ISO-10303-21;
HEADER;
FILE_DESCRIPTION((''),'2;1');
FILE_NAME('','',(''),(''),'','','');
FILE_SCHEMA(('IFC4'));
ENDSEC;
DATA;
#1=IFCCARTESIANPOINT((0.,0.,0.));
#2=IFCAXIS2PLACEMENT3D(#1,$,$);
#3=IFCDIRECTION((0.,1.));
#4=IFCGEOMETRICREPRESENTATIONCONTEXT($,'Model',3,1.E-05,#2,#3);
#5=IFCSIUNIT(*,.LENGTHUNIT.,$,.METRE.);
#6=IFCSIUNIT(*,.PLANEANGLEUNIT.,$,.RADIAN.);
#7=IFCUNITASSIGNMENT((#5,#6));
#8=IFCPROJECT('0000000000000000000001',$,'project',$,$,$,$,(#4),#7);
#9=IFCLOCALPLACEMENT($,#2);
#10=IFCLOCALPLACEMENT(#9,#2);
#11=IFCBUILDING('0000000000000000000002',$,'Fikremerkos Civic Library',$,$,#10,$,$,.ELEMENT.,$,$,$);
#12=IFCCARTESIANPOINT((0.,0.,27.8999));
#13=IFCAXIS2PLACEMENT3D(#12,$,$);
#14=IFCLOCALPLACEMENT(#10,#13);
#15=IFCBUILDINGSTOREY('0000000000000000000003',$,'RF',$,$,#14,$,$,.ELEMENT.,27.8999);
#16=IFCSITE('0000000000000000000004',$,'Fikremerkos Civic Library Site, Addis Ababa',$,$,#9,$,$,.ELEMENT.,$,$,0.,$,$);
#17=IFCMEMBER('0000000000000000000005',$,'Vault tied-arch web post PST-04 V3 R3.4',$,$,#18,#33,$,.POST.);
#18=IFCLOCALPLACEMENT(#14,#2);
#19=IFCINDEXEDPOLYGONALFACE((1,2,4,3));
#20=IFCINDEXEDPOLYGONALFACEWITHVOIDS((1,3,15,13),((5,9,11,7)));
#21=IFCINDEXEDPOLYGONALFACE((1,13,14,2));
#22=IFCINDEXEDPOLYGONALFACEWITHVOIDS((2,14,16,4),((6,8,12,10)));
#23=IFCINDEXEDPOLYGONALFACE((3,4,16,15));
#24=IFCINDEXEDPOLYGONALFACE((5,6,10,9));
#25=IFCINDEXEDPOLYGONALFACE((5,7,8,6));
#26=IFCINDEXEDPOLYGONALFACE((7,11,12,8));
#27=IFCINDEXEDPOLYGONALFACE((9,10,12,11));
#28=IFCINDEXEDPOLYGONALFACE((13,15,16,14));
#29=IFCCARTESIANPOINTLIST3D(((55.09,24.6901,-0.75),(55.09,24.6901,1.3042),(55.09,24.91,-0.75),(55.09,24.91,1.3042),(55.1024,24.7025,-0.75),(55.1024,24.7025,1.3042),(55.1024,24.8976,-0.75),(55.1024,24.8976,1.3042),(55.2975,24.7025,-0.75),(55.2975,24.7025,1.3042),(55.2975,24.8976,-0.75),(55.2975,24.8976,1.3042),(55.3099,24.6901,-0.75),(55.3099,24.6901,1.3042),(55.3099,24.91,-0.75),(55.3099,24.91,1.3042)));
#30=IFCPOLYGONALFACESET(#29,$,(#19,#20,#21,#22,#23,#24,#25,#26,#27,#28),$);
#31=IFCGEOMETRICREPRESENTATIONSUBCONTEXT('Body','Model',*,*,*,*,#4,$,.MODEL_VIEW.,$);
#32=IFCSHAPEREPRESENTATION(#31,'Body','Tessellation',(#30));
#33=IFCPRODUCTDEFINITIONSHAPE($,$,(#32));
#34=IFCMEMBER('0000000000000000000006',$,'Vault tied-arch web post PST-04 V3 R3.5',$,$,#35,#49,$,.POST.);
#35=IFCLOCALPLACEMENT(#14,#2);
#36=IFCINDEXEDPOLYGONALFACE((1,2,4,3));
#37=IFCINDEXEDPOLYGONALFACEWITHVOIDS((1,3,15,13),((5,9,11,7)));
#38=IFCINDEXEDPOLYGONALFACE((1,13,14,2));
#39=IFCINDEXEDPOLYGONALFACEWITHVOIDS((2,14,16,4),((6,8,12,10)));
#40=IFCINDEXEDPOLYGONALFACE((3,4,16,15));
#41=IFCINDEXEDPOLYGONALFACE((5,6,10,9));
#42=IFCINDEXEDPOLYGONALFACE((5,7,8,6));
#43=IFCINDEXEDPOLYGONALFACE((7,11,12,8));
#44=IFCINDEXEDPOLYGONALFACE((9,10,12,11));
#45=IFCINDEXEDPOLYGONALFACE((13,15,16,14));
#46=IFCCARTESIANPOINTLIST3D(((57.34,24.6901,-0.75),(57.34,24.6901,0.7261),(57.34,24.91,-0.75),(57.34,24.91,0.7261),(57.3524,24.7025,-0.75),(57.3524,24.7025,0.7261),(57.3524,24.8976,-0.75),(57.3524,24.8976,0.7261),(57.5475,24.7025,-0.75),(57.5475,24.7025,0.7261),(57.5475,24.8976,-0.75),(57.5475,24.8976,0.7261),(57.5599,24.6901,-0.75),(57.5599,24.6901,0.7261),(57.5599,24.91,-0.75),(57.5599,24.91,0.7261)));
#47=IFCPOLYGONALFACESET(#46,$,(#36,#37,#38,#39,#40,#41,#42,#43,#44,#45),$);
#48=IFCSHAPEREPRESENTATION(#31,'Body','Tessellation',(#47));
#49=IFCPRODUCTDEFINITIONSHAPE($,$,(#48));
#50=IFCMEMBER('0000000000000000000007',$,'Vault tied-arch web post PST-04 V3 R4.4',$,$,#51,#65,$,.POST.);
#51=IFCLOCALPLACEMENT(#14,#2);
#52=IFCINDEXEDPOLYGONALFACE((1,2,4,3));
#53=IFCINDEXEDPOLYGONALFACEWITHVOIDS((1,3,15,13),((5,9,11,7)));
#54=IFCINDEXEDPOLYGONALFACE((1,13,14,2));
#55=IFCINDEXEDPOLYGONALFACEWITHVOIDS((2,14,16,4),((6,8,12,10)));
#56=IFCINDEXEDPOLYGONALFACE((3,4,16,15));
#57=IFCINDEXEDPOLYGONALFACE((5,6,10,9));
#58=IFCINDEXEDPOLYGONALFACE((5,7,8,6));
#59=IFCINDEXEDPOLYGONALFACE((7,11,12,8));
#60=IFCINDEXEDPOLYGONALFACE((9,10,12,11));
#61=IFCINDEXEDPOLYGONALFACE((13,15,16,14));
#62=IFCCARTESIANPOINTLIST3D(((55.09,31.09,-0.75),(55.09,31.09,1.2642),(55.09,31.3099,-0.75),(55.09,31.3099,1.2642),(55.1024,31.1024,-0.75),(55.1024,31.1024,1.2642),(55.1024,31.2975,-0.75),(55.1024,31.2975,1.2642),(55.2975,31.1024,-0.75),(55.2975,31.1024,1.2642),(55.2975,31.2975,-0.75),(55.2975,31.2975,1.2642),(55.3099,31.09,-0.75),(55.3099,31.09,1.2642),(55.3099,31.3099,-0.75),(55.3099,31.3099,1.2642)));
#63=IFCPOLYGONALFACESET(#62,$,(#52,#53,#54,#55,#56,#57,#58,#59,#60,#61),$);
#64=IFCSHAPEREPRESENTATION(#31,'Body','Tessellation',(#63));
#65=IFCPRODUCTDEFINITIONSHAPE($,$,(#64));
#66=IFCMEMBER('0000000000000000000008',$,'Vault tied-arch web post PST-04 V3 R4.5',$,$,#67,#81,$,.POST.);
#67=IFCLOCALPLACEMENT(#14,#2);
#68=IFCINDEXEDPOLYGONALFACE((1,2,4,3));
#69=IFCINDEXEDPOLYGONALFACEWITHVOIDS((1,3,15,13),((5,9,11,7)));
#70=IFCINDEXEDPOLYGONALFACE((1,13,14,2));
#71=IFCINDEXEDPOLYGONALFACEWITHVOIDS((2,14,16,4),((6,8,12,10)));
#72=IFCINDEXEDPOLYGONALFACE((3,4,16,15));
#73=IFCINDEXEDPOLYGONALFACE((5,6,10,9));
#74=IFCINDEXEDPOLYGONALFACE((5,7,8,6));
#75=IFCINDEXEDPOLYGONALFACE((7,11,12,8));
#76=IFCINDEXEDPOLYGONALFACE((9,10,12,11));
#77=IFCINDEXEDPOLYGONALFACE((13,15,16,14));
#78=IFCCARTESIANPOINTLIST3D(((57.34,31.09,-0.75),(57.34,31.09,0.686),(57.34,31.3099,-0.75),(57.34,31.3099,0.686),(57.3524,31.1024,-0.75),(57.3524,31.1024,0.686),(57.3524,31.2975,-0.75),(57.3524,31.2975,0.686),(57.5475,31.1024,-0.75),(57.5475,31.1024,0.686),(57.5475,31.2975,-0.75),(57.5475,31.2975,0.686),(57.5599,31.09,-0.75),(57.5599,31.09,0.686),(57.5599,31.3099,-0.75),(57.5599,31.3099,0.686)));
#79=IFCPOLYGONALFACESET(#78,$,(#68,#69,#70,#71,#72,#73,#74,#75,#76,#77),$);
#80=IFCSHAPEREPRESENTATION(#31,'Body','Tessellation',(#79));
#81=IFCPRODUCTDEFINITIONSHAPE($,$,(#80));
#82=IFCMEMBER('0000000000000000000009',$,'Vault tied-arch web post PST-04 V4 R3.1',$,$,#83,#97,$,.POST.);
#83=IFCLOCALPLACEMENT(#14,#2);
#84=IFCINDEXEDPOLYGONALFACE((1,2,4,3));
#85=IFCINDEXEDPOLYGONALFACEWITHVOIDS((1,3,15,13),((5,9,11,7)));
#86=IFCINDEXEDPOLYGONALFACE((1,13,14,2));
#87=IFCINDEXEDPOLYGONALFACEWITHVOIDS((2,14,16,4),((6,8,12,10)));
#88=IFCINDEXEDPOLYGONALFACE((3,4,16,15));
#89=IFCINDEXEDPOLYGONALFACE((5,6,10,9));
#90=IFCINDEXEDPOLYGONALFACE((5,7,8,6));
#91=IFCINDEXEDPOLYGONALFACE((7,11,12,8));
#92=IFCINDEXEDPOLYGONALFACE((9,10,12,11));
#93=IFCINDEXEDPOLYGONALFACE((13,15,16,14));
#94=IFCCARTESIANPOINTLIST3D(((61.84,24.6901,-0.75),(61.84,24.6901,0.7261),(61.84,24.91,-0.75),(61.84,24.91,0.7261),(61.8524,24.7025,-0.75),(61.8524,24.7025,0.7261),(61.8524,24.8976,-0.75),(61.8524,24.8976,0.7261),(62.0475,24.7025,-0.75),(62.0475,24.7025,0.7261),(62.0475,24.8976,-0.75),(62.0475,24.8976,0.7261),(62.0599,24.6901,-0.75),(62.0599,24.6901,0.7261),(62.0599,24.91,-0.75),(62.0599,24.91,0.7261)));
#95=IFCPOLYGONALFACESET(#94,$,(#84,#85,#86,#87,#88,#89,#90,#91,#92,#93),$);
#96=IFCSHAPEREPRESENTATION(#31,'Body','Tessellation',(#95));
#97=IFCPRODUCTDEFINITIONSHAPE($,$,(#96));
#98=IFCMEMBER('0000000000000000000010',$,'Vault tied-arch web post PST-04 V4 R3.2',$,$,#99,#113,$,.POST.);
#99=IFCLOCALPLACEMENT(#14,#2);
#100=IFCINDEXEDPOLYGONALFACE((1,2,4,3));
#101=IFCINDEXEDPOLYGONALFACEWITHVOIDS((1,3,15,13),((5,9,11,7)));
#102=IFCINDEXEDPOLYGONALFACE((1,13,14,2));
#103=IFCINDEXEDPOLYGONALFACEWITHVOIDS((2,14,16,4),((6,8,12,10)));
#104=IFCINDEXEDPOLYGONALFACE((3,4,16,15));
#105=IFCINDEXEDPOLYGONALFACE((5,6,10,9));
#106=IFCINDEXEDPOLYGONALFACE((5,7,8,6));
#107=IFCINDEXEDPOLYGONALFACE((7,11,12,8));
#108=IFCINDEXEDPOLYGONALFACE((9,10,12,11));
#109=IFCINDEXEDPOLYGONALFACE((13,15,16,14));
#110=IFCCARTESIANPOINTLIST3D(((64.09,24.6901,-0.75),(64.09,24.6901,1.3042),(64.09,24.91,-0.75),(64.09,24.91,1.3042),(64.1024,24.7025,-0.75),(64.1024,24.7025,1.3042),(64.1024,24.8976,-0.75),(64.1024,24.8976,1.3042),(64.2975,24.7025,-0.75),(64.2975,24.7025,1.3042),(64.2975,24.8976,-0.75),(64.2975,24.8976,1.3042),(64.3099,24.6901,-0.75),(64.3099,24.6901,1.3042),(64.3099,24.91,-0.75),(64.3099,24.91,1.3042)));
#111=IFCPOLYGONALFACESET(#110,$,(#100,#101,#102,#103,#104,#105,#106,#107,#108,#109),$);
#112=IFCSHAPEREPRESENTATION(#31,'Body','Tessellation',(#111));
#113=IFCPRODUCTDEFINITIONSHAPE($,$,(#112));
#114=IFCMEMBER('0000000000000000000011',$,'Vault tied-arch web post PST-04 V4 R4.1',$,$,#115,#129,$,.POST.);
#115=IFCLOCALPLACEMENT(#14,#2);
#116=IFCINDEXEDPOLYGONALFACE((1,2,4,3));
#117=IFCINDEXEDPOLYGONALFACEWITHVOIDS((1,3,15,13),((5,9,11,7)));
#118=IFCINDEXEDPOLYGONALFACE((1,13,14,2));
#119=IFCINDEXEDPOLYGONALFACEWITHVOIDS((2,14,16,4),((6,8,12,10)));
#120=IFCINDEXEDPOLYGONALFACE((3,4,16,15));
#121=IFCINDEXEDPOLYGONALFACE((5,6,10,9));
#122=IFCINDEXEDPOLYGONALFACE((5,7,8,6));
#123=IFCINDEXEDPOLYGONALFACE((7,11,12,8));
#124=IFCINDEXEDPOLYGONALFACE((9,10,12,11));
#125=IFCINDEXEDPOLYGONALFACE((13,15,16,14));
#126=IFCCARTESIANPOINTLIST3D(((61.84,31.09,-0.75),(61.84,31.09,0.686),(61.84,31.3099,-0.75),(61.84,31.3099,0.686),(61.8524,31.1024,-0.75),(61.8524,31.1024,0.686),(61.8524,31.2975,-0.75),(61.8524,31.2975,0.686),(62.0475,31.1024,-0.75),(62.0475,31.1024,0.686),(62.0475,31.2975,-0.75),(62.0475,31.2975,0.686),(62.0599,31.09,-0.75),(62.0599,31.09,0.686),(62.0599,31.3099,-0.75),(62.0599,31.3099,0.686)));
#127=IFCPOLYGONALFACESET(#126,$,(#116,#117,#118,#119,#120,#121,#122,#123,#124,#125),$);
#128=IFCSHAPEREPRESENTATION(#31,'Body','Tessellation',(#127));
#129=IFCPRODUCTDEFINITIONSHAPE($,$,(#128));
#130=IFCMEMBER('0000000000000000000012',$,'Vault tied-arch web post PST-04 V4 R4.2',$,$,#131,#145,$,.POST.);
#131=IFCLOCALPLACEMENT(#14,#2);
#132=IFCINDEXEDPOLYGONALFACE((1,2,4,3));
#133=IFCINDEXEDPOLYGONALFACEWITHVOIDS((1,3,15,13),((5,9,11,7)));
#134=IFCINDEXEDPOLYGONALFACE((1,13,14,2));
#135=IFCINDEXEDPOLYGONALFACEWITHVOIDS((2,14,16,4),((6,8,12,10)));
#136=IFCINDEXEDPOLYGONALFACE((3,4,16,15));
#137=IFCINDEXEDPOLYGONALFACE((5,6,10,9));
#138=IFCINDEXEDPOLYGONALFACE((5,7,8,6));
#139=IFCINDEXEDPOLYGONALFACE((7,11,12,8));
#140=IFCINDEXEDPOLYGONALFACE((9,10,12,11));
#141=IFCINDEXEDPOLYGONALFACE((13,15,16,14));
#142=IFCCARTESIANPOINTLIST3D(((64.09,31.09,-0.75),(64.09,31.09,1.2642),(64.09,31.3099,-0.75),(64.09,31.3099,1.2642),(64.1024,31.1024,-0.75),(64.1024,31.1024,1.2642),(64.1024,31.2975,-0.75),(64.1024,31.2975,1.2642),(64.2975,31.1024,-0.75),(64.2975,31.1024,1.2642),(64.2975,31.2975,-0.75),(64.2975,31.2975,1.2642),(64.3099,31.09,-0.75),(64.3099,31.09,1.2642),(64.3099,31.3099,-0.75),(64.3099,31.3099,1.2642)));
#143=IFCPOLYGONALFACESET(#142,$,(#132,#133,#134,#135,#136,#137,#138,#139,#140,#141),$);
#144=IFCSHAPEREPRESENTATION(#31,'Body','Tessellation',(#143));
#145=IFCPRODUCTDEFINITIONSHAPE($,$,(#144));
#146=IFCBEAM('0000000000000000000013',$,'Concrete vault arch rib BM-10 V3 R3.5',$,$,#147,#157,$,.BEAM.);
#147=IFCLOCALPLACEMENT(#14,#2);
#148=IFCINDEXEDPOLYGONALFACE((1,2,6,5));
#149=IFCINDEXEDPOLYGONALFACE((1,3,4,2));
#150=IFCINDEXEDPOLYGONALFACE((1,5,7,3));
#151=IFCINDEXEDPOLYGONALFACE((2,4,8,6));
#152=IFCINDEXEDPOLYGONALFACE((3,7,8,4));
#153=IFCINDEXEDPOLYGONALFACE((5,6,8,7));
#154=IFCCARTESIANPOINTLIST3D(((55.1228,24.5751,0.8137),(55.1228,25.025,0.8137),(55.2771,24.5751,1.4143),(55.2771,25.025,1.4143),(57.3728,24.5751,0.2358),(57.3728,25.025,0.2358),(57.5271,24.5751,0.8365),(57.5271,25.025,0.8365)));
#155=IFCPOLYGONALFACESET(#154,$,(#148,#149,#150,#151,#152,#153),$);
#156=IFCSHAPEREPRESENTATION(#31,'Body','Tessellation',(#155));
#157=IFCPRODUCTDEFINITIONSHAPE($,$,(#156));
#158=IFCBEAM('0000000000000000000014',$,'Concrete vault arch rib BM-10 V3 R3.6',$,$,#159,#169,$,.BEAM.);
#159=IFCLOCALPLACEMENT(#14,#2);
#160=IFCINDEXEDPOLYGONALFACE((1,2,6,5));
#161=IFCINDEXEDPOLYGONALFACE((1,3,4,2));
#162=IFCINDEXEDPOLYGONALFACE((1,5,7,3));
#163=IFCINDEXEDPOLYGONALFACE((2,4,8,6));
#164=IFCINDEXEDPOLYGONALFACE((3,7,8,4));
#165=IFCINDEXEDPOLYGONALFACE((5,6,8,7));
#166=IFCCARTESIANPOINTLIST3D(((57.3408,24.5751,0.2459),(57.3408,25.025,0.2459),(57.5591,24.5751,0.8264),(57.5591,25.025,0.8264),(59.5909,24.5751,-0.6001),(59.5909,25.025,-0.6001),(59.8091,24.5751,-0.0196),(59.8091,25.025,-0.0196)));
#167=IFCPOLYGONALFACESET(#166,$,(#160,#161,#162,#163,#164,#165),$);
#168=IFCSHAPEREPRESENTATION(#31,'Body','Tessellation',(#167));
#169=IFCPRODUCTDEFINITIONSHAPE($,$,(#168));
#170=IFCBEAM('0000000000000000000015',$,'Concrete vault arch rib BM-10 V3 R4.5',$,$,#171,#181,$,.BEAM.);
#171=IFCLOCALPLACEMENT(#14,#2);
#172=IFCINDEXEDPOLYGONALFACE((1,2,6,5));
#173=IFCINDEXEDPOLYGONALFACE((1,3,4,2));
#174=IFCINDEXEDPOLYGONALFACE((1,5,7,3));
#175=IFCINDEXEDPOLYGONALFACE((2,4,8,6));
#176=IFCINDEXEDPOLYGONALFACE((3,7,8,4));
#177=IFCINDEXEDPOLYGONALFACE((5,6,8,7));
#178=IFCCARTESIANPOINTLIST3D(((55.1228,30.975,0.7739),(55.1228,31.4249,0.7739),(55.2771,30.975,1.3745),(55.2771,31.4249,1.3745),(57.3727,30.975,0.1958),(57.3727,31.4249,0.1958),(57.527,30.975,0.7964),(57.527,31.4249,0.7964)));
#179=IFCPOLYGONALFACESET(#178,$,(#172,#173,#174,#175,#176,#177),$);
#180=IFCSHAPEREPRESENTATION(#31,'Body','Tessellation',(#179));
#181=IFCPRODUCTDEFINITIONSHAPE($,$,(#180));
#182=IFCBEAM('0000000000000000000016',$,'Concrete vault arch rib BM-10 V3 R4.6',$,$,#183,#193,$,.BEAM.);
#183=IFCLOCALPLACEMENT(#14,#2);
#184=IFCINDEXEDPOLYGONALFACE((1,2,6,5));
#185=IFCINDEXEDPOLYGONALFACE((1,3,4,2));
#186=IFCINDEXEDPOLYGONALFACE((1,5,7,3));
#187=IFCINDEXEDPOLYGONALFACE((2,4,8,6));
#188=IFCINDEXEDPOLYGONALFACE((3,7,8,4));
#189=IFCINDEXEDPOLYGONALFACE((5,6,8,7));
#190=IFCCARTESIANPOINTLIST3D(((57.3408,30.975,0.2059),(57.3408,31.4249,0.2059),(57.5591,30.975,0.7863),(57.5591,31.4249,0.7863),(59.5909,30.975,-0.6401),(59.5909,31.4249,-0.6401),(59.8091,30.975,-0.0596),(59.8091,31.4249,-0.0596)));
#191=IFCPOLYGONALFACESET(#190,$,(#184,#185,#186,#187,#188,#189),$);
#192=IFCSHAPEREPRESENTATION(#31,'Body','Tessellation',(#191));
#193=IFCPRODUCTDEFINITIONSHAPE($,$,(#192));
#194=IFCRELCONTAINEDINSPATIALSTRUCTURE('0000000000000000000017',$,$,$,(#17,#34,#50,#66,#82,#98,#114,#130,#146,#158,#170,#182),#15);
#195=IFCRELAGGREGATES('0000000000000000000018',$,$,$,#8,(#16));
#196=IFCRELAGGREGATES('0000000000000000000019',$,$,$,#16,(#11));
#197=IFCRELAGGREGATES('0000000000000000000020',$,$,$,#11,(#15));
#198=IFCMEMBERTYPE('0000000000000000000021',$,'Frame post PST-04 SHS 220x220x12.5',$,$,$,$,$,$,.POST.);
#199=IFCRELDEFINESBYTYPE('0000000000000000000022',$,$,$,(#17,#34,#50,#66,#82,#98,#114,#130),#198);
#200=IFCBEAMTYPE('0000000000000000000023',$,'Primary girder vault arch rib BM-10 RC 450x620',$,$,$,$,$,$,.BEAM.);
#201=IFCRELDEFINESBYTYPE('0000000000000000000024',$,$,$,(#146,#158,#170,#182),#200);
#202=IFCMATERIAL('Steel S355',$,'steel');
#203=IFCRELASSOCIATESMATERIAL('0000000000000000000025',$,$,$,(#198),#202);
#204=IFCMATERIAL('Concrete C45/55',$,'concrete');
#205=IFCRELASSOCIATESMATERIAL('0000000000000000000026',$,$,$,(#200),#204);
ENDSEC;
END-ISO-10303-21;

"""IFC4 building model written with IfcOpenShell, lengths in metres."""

from ifc_helpers import new_model, si_unit, direction, frame, origin, origin_2d, place, context, subcontext, project, spatial, rectangle, hollow_rectangle, extrude, material, material_profile, profile_set, type_object, element, save


model = new_model("IFC4")

# Units and contexts
model_context = context("Model", 3, precision=1e-05, world=origin(), true_north=direction((0.0, 1.0)))
body_context = subcontext(model_context, "Body", "Model", "MODEL_VIEW")
ifc_project = project(units=[si_unit("LENGTHUNIT", "METRE"), si_unit("PLANEANGLEUNIT", "RADIAN")], contexts=[model_context])

# Site, building, storey
site_placement = place(None, origin())
site = spatial("IfcSite", under=ifc_project, at=site_placement, Name="Fikremerkos Civic Library Site, Addis Ababa", CompositionType="ELEMENT", RefElevation=0.0)
building_placement = place(site_placement, origin())
building = spatial("IfcBuilding", under=site, at=building_placement, Name="Fikremerkos Civic Library", CompositionType="ELEMENT")
storey_placement = place(building_placement, frame((0.0, 0.0, 27.8999)))
storey = spatial("IfcBuildingStorey", under=building, at=storey_placement, Name="RF", CompositionType="ELEMENT", Elevation=27.8999)

# Members
ifc_material_1 = material(Name="Steel S355", Category="steel")
ifc_material_profile_1 = material_profile(ifc_material_1, hollow_rectangle(XDim=0.22, YDim=0.22, WallThickness=0.0125, at=origin_2d()), Name="SHS 220x220x12.5")
ifc_profile_set_1 = profile_set([ifc_material_profile_1], Name="Steel S355")
member_type = type_object("IfcMemberType", Name="Frame post PST-04 SHS 220x220x12.5", PredefinedType="POST", material=ifc_profile_set_1)
member_1_placement = place(storey_placement, frame((55.2, 24.8, -0.75), z_axis=(0.0, 0.0, 1.0), x_axis=(1.0, 0.0, 0.0)))
element("IfcMember", 1, at=member_1_placement, inside=storey, type_object=member_type, Name="Vault tied-arch web post PST-04 V3 R3.4", PredefinedType="POST", context=body_context, shape_type="SweptSolid", body=[
    extrude(hollow_rectangle(XDim=0.22, YDim=0.22, WallThickness=0.0125, at=origin_2d()), origin(), (0.0, 0.0, 1.0), 2.0542),
])
member_2_placement = place(storey_placement, frame((57.45, 24.8, -0.75), z_axis=(0.0, 0.0, 1.0), x_axis=(1.0, 0.0, 0.0)))
element("IfcMember", 2, at=member_2_placement, inside=storey, type_object=member_type, Name="Vault tied-arch web post PST-04 V3 R3.5", PredefinedType="POST", context=body_context, shape_type="SweptSolid", body=[
    extrude(hollow_rectangle(XDim=0.22, YDim=0.22, WallThickness=0.0125, at=origin_2d()), origin(), (0.0, 0.0, 1.0), 1.4761),
])
member_3_placement = place(storey_placement, frame((55.2, 31.2, -0.75), z_axis=(0.0, 0.0, 1.0), x_axis=(1.0, 0.0, 0.0)))
element("IfcMember", 3, at=member_3_placement, inside=storey, type_object=member_type, Name="Vault tied-arch web post PST-04 V3 R4.4", PredefinedType="POST", context=body_context, shape_type="SweptSolid", body=[
    extrude(hollow_rectangle(XDim=0.22, YDim=0.22, WallThickness=0.0125, at=origin_2d()), origin(), (0.0, 0.0, 1.0), 2.0142),
])
member_4_placement = place(storey_placement, frame((57.45, 31.2, -0.75), z_axis=(0.0, 0.0, 1.0), x_axis=(1.0, 0.0, 0.0)))
element("IfcMember", 4, at=member_4_placement, inside=storey, type_object=member_type, Name="Vault tied-arch web post PST-04 V3 R4.5", PredefinedType="POST", context=body_context, shape_type="SweptSolid", body=[
    extrude(hollow_rectangle(XDim=0.22, YDim=0.22, WallThickness=0.0125, at=origin_2d()), origin(), (0.0, 0.0, 1.0), 1.436),
])
member_5_placement = place(storey_placement, frame((61.95, 24.8, -0.75), z_axis=(0.0, 0.0, 1.0), x_axis=(1.0, 0.0, 0.0)))
element("IfcMember", 5, at=member_5_placement, inside=storey, type_object=member_type, Name="Vault tied-arch web post PST-04 V4 R3.1", PredefinedType="POST", context=body_context, shape_type="SweptSolid", body=[
    extrude(hollow_rectangle(XDim=0.22, YDim=0.22, WallThickness=0.0125, at=origin_2d()), origin(), (0.0, 0.0, 1.0), 1.4761),
])
member_6_placement = place(storey_placement, frame((64.2, 24.8, -0.75), z_axis=(0.0, 0.0, 1.0), x_axis=(1.0, 0.0, 0.0)))
element("IfcMember", 6, at=member_6_placement, inside=storey, type_object=member_type, Name="Vault tied-arch web post PST-04 V4 R3.2", PredefinedType="POST", context=body_context, shape_type="SweptSolid", body=[
    extrude(hollow_rectangle(XDim=0.22, YDim=0.22, WallThickness=0.0125, at=origin_2d()), origin(), (0.0, 0.0, 1.0), 2.0542),
])
member_7_placement = place(storey_placement, frame((61.95, 31.2, -0.75), z_axis=(0.0, 0.0, 1.0), x_axis=(1.0, 0.0, 0.0)))
element("IfcMember", 7, at=member_7_placement, inside=storey, type_object=member_type, Name="Vault tied-arch web post PST-04 V4 R4.1", PredefinedType="POST", context=body_context, shape_type="SweptSolid", body=[
    extrude(hollow_rectangle(XDim=0.22, YDim=0.22, WallThickness=0.0125, at=origin_2d()), origin(), (0.0, 0.0, 1.0), 1.436),
])
member_8_placement = place(storey_placement, frame((64.2, 31.2, -0.75), z_axis=(0.0, 0.0, 1.0), x_axis=(1.0, 0.0, 0.0)))
element("IfcMember", 8, at=member_8_placement, inside=storey, type_object=member_type, Name="Vault tied-arch web post PST-04 V4 R4.2", PredefinedType="POST", context=body_context, shape_type="SweptSolid", body=[
    extrude(hollow_rectangle(XDim=0.22, YDim=0.22, WallThickness=0.0125, at=origin_2d()), origin(), (0.0, 0.0, 1.0), 2.0142),
])

# Beams
ifc_material_2 = material(Name="Concrete C45/55", Category="concrete")
ifc_material_profile_2 = material_profile(ifc_material_2, rectangle(XDim=0.45, YDim=0.6201, at=origin_2d()), Name="RC 450x620")
ifc_profile_set_2 = profile_set([ifc_material_profile_2], Name="Concrete C45/55")
beam_type_1 = type_object("IfcBeamType", Name="Primary girder vault arch rib BM-10 RC 450x620", PredefinedType="BEAM", material=ifc_profile_set_2)
beam_1_placement = place(storey_placement, frame((55.2, 24.8, 1.114), z_axis=(0.968565, 0.0, -0.248762), x_axis=(0.0, 1.0, 0.0)))
element("IfcBeam", 9, at=beam_1_placement, inside=storey, type_object=beam_type_1, Name="Concrete vault arch rib BM-10 V3 R3.5", PredefinedType="BEAM", context=body_context, shape_type="SweptSolid", body=[
    extrude(rectangle(XDim=0.45, YDim=0.6201, at=origin_2d()), origin(), (0.0, 0.0, 1.0), 2.323),
])
beam_2_placement = place(storey_placement, frame((57.45, 24.8, 0.5361), z_axis=(0.936028, 0.0, -0.351925), x_axis=(0.0, 1.0, 0.0)))
element("IfcBeam", 10, at=beam_2_placement, inside=storey, type_object=beam_type_1, Name="Concrete vault arch rib BM-10 V3 R3.6", PredefinedType="BEAM", context=body_context, shape_type="SweptSolid", body=[
    extrude(rectangle(XDim=0.45, YDim=0.6201, at=origin_2d()), origin(), (0.0, 0.0, 1.0), 2.4038),
])
beam_3_placement = place(storey_placement, frame((55.2, 31.2, 1.0742), z_axis=(0.968539, 0.0, -0.248861), x_axis=(0.0, 1.0, 0.0)))
element("IfcBeam", 11, at=beam_3_placement, inside=storey, type_object=beam_type_1, Name="Concrete vault arch rib BM-10 V3 R4.5", PredefinedType="BEAM", context=body_context, shape_type="SweptSolid", body=[
    extrude(rectangle(XDim=0.45, YDim=0.6201, at=origin_2d()), origin(), (0.0, 0.0, 1.0), 2.323),
])
for number, where, z_axis, x_axis, name in (
    (12, (57.45, 31.2, 0.4961), (0.936028, 0.0, -0.351925), (0.0, 1.0, 0.0), "Concrete vault arch rib BM-10 V3 R4.6"),
):
    element("IfcBeam", number, at=place(storey_placement, frame(where, z_axis=z_axis, x_axis=x_axis)), inside=storey, type_object=beam_type_1, Name=name, PredefinedType="BEAM", context=body_context, shape_type="SweptSolid", body=[
        extrude(rectangle(XDim=0.45, YDim=0.6201, at=origin_2d()), origin(), (0.0, 0.0, 1.0), 2.4038),
    ])

save(model, "model.ifc")
